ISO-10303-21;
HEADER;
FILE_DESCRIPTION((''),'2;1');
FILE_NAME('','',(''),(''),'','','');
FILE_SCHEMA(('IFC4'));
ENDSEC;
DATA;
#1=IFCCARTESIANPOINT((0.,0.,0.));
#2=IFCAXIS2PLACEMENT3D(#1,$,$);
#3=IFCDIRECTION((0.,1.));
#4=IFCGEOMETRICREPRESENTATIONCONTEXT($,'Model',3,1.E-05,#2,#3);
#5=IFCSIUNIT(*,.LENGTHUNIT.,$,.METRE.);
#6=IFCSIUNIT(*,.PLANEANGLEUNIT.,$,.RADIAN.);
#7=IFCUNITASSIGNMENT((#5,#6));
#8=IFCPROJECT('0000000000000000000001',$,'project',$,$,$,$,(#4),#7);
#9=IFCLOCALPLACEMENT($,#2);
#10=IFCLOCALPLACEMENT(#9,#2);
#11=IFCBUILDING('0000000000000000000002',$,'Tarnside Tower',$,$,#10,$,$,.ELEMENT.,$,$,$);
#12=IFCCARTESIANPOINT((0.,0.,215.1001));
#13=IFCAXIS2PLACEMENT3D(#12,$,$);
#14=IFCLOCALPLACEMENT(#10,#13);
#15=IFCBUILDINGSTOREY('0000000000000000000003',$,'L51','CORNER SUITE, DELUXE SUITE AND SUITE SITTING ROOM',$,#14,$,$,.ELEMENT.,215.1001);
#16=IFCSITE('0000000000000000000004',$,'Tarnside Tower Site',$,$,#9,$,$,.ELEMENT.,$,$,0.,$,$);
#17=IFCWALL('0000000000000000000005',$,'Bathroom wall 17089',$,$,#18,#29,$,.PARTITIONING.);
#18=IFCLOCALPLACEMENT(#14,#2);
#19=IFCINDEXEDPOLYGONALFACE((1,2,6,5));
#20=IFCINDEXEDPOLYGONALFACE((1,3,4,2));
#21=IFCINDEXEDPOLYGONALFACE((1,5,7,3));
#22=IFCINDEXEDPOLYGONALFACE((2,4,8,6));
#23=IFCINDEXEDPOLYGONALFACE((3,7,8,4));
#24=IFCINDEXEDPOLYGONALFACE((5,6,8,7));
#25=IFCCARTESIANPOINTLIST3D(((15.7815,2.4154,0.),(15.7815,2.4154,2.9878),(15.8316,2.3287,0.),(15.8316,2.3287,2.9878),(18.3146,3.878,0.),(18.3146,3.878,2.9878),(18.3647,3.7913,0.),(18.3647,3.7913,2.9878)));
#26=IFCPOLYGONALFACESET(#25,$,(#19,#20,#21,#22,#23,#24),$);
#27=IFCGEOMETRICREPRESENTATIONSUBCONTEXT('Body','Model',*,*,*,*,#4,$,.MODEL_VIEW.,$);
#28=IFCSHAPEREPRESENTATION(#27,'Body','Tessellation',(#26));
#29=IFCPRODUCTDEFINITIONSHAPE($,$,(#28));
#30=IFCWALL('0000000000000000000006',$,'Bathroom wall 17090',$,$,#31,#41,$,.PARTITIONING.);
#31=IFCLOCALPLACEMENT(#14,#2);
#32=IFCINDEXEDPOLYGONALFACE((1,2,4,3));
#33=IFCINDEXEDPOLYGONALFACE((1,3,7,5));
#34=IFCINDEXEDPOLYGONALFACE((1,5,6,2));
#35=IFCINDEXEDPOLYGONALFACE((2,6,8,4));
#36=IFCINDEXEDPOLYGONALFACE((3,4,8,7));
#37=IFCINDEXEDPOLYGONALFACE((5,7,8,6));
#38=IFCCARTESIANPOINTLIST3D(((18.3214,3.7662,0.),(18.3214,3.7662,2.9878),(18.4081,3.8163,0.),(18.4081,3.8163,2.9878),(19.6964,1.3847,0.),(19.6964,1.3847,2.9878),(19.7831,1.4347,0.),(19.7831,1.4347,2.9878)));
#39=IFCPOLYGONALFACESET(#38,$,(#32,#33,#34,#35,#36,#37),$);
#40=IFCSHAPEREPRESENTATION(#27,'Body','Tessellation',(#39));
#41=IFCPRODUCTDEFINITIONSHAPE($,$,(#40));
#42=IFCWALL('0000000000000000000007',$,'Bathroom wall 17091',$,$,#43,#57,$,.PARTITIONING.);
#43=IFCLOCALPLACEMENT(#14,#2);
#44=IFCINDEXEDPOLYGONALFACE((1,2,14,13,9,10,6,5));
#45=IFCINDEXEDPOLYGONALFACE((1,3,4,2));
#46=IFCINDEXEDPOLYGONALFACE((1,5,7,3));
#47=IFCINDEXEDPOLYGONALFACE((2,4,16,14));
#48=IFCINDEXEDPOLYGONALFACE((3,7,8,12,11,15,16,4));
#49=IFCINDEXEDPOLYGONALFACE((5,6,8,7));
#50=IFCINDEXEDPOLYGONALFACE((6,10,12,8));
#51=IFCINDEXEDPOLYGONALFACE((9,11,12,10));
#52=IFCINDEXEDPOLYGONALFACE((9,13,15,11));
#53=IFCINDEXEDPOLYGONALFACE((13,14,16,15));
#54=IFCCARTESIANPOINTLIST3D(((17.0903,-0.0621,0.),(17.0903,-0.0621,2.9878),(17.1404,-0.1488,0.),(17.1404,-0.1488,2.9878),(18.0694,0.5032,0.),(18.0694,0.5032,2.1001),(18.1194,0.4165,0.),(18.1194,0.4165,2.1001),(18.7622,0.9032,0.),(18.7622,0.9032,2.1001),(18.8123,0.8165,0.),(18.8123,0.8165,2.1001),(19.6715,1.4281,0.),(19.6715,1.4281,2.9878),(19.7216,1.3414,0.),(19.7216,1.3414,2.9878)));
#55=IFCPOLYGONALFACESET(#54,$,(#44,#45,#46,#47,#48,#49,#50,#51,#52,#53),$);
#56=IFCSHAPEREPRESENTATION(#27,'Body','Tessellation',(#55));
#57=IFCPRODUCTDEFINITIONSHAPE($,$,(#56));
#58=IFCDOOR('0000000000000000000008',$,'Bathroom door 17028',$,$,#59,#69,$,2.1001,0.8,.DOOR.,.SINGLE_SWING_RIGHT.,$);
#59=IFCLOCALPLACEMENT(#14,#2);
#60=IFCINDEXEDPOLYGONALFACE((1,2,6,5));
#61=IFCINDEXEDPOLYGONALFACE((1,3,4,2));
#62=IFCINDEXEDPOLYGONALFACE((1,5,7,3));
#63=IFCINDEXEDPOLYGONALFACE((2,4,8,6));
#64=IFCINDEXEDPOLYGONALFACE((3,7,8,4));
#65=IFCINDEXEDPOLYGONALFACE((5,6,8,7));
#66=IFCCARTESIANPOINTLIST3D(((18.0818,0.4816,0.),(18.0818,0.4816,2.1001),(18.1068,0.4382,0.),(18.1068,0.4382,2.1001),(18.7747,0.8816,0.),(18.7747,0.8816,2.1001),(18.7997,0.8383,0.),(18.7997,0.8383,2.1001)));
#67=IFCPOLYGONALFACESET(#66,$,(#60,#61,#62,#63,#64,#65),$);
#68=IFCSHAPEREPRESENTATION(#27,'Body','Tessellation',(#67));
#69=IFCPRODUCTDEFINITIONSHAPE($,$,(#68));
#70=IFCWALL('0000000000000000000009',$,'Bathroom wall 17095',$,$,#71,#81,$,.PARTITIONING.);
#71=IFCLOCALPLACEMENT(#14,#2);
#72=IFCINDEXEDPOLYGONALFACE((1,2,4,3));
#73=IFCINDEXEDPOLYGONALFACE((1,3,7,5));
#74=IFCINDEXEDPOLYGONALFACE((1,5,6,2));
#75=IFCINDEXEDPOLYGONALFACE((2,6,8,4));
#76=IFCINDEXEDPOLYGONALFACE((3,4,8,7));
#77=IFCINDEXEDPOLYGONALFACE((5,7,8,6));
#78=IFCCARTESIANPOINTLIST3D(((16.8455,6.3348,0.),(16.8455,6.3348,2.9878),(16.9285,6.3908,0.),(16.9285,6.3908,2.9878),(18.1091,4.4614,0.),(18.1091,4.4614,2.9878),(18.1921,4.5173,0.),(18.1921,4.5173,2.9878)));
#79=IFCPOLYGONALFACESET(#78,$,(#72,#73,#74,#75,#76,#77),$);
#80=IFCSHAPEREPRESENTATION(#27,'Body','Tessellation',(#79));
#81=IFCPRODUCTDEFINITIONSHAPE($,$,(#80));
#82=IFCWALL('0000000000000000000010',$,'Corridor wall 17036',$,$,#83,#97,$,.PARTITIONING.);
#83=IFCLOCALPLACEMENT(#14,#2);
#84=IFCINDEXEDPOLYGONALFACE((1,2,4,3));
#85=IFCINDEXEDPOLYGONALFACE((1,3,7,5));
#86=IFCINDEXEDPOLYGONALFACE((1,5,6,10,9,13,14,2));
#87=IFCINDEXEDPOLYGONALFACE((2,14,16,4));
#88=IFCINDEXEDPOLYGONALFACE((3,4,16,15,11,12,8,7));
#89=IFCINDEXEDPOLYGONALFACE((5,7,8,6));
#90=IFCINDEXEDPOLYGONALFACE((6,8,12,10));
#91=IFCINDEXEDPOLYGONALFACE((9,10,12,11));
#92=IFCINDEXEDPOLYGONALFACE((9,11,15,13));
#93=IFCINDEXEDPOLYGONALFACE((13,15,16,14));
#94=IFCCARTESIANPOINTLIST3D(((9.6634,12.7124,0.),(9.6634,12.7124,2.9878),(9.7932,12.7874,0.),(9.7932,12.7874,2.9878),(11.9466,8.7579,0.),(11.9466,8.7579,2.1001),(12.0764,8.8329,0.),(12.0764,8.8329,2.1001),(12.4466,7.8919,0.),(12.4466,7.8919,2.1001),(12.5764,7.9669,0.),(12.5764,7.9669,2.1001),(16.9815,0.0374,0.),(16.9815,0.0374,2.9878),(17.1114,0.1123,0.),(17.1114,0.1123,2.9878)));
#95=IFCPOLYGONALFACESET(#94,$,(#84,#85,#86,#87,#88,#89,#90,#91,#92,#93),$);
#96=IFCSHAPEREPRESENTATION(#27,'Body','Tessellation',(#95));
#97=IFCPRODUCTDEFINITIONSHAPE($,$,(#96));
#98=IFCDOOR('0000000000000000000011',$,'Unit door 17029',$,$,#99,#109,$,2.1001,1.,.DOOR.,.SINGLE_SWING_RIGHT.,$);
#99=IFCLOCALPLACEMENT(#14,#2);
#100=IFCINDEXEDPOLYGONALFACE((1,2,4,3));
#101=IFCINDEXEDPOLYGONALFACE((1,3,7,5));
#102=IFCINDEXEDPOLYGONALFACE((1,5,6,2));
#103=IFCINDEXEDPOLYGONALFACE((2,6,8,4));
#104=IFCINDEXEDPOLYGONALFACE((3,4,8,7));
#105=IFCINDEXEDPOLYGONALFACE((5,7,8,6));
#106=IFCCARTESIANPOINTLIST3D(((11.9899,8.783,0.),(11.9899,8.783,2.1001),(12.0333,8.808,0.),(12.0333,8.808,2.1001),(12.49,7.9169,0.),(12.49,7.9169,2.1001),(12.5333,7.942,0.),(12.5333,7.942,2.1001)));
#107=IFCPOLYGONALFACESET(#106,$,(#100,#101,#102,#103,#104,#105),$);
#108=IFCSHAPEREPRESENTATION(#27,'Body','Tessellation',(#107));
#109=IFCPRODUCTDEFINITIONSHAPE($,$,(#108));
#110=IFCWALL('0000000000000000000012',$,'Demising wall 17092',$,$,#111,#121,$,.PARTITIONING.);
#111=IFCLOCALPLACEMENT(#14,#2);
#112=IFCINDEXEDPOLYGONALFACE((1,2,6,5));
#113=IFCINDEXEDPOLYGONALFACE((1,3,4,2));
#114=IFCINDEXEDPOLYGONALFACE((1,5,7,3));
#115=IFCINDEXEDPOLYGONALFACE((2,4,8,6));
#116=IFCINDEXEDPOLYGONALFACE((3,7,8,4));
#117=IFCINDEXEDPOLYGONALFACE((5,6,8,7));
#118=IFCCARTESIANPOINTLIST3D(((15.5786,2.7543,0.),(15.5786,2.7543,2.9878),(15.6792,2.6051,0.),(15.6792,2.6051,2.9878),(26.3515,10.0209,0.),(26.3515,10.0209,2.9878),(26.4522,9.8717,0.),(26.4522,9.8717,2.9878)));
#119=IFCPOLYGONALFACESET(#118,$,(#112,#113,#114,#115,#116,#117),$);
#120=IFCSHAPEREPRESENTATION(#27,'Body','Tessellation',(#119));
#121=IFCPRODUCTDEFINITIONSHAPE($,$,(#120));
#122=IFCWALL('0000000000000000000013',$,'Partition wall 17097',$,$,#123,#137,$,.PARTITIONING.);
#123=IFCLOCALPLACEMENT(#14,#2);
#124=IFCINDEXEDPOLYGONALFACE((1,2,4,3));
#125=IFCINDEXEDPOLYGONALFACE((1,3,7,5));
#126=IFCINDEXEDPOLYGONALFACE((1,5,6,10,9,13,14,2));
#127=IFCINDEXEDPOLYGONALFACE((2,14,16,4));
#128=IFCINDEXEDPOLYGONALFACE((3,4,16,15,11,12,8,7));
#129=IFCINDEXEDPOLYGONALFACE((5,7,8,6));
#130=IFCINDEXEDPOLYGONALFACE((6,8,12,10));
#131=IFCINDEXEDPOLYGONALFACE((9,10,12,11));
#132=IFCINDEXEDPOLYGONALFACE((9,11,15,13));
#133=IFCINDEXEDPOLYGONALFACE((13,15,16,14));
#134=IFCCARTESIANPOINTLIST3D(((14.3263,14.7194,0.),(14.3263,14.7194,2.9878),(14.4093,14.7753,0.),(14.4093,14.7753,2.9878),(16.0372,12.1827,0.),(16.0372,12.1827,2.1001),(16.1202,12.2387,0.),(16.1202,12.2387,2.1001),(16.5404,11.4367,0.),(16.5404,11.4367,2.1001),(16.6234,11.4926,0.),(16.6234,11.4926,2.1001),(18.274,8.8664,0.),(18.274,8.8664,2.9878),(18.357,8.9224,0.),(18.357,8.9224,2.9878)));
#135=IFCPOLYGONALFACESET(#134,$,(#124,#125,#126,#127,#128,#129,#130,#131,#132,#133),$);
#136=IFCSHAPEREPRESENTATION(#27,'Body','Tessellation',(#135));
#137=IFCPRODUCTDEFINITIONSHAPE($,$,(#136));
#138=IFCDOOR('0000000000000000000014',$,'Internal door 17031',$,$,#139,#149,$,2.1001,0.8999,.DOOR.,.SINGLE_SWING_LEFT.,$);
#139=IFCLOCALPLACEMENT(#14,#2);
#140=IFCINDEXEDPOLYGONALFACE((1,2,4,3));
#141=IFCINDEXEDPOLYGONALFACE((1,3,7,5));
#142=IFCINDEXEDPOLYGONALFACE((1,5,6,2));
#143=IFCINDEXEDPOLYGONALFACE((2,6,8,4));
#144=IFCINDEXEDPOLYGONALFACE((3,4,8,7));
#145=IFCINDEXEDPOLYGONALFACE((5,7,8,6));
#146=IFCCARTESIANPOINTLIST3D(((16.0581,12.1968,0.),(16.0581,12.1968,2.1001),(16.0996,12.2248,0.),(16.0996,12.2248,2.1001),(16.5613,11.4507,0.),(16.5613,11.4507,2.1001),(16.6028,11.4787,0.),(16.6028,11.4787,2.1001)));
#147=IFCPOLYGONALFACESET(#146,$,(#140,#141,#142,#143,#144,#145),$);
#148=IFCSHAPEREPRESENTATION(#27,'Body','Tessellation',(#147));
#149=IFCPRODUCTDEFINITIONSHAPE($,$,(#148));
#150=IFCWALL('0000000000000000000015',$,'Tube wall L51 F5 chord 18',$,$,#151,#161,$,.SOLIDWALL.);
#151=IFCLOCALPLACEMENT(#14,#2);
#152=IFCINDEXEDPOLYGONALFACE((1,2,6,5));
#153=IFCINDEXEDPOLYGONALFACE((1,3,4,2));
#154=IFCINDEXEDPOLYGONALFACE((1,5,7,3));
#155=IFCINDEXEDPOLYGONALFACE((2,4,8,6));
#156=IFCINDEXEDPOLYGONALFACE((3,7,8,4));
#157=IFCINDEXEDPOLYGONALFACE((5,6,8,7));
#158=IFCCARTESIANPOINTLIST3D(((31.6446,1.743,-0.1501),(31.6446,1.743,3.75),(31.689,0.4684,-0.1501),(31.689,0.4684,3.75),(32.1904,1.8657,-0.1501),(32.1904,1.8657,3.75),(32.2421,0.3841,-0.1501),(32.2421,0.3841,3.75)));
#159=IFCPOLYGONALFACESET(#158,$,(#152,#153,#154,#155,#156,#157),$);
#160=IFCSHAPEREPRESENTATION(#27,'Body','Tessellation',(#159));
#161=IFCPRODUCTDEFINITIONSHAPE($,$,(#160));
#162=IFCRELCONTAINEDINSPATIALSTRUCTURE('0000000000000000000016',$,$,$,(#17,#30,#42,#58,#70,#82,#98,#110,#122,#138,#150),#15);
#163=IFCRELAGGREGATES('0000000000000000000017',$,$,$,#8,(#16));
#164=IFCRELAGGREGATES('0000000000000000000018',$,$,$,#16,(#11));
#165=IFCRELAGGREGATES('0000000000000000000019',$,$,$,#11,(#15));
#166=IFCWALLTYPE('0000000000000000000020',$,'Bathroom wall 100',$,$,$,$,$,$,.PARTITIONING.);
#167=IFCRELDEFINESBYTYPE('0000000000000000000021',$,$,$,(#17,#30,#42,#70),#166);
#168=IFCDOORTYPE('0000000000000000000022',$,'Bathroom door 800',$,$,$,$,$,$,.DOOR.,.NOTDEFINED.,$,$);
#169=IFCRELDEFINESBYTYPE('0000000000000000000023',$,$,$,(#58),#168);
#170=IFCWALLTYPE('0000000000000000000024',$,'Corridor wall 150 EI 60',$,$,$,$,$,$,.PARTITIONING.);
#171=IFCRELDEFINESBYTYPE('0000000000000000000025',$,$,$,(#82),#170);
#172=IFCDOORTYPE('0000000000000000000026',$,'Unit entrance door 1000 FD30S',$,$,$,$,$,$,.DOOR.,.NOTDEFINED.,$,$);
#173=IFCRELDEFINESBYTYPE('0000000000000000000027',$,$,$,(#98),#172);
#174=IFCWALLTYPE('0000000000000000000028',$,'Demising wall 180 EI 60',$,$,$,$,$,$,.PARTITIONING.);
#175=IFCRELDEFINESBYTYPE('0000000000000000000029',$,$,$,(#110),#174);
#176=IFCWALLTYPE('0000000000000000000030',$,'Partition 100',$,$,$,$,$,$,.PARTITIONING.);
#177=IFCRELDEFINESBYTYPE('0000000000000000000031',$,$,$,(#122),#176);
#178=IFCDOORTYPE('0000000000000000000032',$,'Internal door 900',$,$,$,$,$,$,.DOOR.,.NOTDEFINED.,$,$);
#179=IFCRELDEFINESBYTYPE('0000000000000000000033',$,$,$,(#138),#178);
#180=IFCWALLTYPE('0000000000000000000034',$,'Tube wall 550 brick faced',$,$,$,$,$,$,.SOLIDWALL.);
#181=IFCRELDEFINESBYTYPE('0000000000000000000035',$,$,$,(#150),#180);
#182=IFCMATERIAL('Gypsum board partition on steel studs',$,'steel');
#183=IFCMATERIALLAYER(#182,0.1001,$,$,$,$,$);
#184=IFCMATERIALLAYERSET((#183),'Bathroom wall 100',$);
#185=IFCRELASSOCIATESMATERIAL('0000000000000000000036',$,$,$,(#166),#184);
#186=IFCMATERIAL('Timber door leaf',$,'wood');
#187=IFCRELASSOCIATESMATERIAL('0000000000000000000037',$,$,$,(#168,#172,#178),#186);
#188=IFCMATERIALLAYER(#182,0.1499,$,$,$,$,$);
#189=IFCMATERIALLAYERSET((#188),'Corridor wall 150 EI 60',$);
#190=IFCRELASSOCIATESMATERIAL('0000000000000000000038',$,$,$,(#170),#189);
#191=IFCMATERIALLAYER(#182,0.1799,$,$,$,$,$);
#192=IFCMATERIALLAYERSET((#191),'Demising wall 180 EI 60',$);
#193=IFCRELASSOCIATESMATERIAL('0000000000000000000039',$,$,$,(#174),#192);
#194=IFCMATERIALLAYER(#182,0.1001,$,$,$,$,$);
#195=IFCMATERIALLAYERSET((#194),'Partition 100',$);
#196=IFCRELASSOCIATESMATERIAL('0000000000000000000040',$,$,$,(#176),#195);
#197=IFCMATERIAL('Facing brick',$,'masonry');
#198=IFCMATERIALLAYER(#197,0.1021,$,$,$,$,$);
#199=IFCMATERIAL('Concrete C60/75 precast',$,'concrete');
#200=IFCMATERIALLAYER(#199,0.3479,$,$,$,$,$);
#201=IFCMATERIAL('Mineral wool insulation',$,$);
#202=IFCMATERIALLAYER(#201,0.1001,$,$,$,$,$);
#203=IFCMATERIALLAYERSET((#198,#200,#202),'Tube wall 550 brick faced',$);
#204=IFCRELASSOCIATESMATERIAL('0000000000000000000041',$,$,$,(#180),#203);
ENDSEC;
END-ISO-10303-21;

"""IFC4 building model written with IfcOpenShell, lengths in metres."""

from ifc_helpers import new_model, si_unit, direction, frame, frame_2d, origin, place, context, subcontext, project, spatial, polyline, rectangle, outline, extrude, material, layer, layer_set, type_object, element, fill, save


model = new_model("IFC4")

# Units and contexts
model_context = context("Model", 3, precision=1e-05, world=origin(), true_north=direction((0.0, 1.0)))
body_context = subcontext(model_context, "Body", "Model", "MODEL_VIEW")
ifc_project = project(units=[si_unit("LENGTHUNIT", "METRE"), si_unit("PLANEANGLEUNIT", "RADIAN")], contexts=[model_context])

# Site, building, storey
site_placement = place(None, origin())
site = spatial("IfcSite", under=ifc_project, at=site_placement, Name="Tarnside Tower Site", CompositionType="ELEMENT", RefElevation=0.0)
building_placement = place(site_placement, origin())
building = spatial("IfcBuilding", under=site, at=building_placement, Name="Tarnside Tower", CompositionType="ELEMENT")
storey_placement = place(building_placement, frame((0.0, 0.0, 215.1001)))
storey = spatial("IfcBuildingStorey", under=building, at=storey_placement, Name="L51", Description="CORNER SUITE, DELUXE SUITE AND SUITE SITTING ROOM", CompositionType="ELEMENT", Elevation=215.1001)

# Walls
ifc_material_1 = material(Name="Gypsum board partition on steel studs", Category="steel")
ifc_layer_1 = layer(ifc_material_1, 0.1001)
ifc_layer_set_1 = layer_set([ifc_layer_1], Name="Bathroom wall 100")
wall_type_1 = type_object("IfcWallType", Name="Bathroom wall 100", PredefinedType="PARTITIONING", material=ifc_layer_set_1)
wall_1_placement = place(storey_placement, frame((15.8066, 2.3721, 0.0), z_axis=(0.0, 0.0, 1.0), x_axis=(0.86601, 0.500026, 0.0)))
element("IfcWall", 1, at=wall_1_placement, inside=storey, type_object=wall_type_1, Name="Bathroom wall 17089", PredefinedType="PARTITIONING", context=body_context, shape_type="SweptSolid", body=[
    extrude(rectangle(XDim=2.925, YDim=0.1001, at=frame_2d((1.4624, 0.0))), origin(), (0.0, 0.0, 1.0), 2.9878),
])
wall_2_placement = place(storey_placement, frame((18.3647, 3.7913, 0.0), z_axis=(0.0, 0.0, 1.0), x_axis=(0.499997, -0.866027, 0.0)))
element("IfcWall", 2, at=wall_2_placement, inside=storey, type_object=wall_type_1, Name="Bathroom wall 17090", PredefinedType="PARTITIONING", context=body_context, shape_type="SweptSolid", body=[
    extrude(rectangle(XDim=2.75, YDim=0.1001, at=frame_2d((1.375, 0.0))), origin(), (0.0, 0.0, 1.0), 2.9878),
])

# Wall, opening, door
wall_3_placement = place(storey_placement, frame((19.6965, 1.3848, 0.0), z_axis=(0.0, 0.0, 1.0), x_axis=(-0.866037, -0.49998, 0.0)))
wall_3 = element("IfcWall", 3, at=wall_3_placement, inside=storey, type_object=wall_type_1, Name="Bathroom wall 17091", PredefinedType="PARTITIONING", context=body_context, shape_type="SweptSolid", body=[
    extrude(rectangle(XDim=2.9805, YDim=0.1001, at=frame_2d((1.4902, 0.0))), origin(), (0.0, 0.0, 1.0), 2.9878),
])
opening_1_placement = place(wall_3_placement, frame((1.05, 0.0, 0.0)))
opening_1 = element("IfcOpeningElement", 4, at=opening_1_placement, cuts=wall_3, PredefinedType="OPENING", context=body_context, shape_type="SweptSolid", body=[
    extrude(rectangle(XDim=0.8, YDim=2.1001, at=frame_2d((0.3999, 1.05))), frame((0.0, 0.0601, 0.0), z_axis=(0.0, -1.0, 0.0), x_axis=(1.0, 0.0, 0.0)), (0.0, 0.0, 1.0), 0.1201),
])
ifc_material_2 = material(Name="Timber door leaf", Category="wood")
door_type_1 = type_object("IfcDoorType", Name="Bathroom door 800", OperationType="NOTDEFINED", PredefinedType="DOOR", material=ifc_material_2)
door_1_placement = place(opening_1_placement, origin())
door_1 = element("IfcDoor", 5, at=door_1_placement, inside=storey, type_object=door_type_1, Name="Bathroom door 17028", OperationType="SINGLE_SWING_RIGHT", OverallHeight=2.1001, OverallWidth=0.8, PredefinedType="DOOR", context=body_context, shape_type="SweptSolid", body=[
    extrude(rectangle(XDim=0.8, YDim=2.1001, at=frame_2d((0.3999, 1.05))), frame((0.0, 0.0249, 0.0), z_axis=(0.0, -1.0, 0.0), x_axis=(1.0, 0.0, 0.0)), (0.0, 0.0, 1.0), 0.05),
])
fill(opening_1, door_1)

# Wall
wall_4_placement = place(storey_placement, frame((16.887, 6.3628, 0.0), z_axis=(0.0, 0.0, 1.0), x_axis=(0.55918, -0.829047, 0.0)))
element("IfcWall", 6, at=wall_4_placement, inside=storey, type_object=wall_type_1, Name="Bathroom wall 17095", PredefinedType="PARTITIONING", context=body_context, shape_type="SweptSolid", body=[
    extrude(rectangle(XDim=2.2598, YDim=0.1001, at=frame_2d((1.1299, 0.0))), origin(), (0.0, 0.0, 1.0), 2.9878),
])

# Wall, opening, door
ifc_layer_2 = layer(ifc_material_1, 0.1499)
ifc_layer_set_2 = layer_set([ifc_layer_2], Name="Corridor wall 150 EI 60")
wall_type_2 = type_object("IfcWallType", Name="Corridor wall 150 EI 60", PredefinedType="PARTITIONING", material=ifc_layer_set_2)
wall_5_placement = place(storey_placement, frame((17.0464, 0.075, 0.0), z_axis=(0.0, 0.0, 1.0), x_axis=(-0.500009, 0.86602, 0.0)))
wall_5 = element("IfcWall", 7, at=wall_5_placement, inside=storey, type_object=wall_type_2, Name="Corridor wall 17036", PredefinedType="PARTITIONING", context=body_context, shape_type="SweptSolid", body=[
    extrude(rectangle(XDim=14.636, YDim=0.1499, at=frame_2d((7.3179, 0.0))), origin(), (0.0, 0.0, 1.0), 2.9878),
])
opening_2_placement = place(wall_5_placement, frame((9.0696, 0.0, 0.0)))
opening_2 = element("IfcOpeningElement", 8, at=opening_2_placement, cuts=wall_5, PredefinedType="OPENING", context=body_context, shape_type="SweptSolid", body=[
    extrude(rectangle(XDim=1.0, YDim=2.1001, at=frame_2d((0.5, 1.05))), frame((0.0, 0.085, 0.0), z_axis=(0.0, -1.0, 0.0), x_axis=(1.0, 0.0, 0.0)), (0.0, 0.0, 1.0), 0.1699),
])
door_type_2 = type_object("IfcDoorType", Name="Unit entrance door 1000 FD30S", OperationType="NOTDEFINED", PredefinedType="DOOR", material=ifc_material_2)
door_2_placement = place(opening_2_placement, origin())
door_2 = element("IfcDoor", 9, at=door_2_placement, inside=storey, type_object=door_type_2, Name="Unit door 17029", OperationType="SINGLE_SWING_RIGHT", OverallHeight=2.1001, OverallWidth=1.0, PredefinedType="DOOR", context=body_context, shape_type="SweptSolid", body=[
    extrude(rectangle(XDim=1.0, YDim=2.1001, at=frame_2d((0.5, 1.05))), frame((0.0, 0.0249, 0.0), z_axis=(0.0, -1.0, 0.0), x_axis=(1.0, 0.0, 0.0)), (0.0, 0.0, 1.0), 0.05),
])
fill(opening_2, door_2)

# Wall
ifc_layer_3 = layer(ifc_material_1, 0.1799)
ifc_layer_set_3 = layer_set([ifc_layer_3], Name="Demising wall 180 EI 60")
wall_type_3 = type_object("IfcWallType", Name="Demising wall 180 EI 60", PredefinedType="PARTITIONING", material=ifc_layer_set_3)
wall_6_placement = place(storey_placement, frame((26.4019, 9.9463, 0.0), z_axis=(0.0, 0.0, 1.0), x_axis=(-0.829032, -0.559201, 0.0)))
element("IfcWall", 10, at=wall_6_placement, inside=storey, type_object=wall_type_3, Name="Demising wall 17092", PredefinedType="PARTITIONING", context=body_context, shape_type="SweptSolid", body=[
    extrude(rectangle(XDim=12.9946, YDim=0.1799, at=frame_2d((6.4973, 0.0))), origin(), (0.0, 0.0, 1.0), 2.9878),
])

# Wall, opening, door
ifc_layer_4 = layer(ifc_material_1, 0.1001)
ifc_layer_set_4 = layer_set([ifc_layer_4], Name="Partition 100")
wall_type_4 = type_object("IfcWallType", Name="Partition 100", PredefinedType="PARTITIONING", material=ifc_layer_set_4)
wall_7_placement = place(storey_placement, frame((18.3154, 8.8945, 0.0), z_axis=(0.0, 0.0, 1.0), x_axis=(-0.559177, 0.829048, 0.0)))
wall_7 = element("IfcWall", 11, at=wall_7_placement, inside=storey, type_object=wall_type_4, Name="Partition wall 17097", PredefinedType="PARTITIONING", context=body_context, shape_type="SweptSolid", body=[
    extrude(rectangle(XDim=7.0598, YDim=0.1001, at=frame_2d((3.5298, 0.0))), origin(), (0.0, 0.0, 1.0), 2.9878),
])
opening_3_placement = place(wall_7_placement, frame((3.1001, 0.0, 0.0)))
opening_3 = element("IfcOpeningElement", 12, at=opening_3_placement, cuts=wall_7, PredefinedType="OPENING", context=body_context, shape_type="SweptSolid", body=[
    extrude(rectangle(XDim=0.8999, YDim=2.1001, at=frame_2d((0.45, 1.05))), frame((0.0, 0.0601, 0.0), z_axis=(0.0, -1.0, 0.0), x_axis=(1.0, 0.0, 0.0)), (0.0, 0.0, 1.0), 0.1201),
])
door_type_3 = type_object("IfcDoorType", Name="Internal door 900", OperationType="NOTDEFINED", PredefinedType="DOOR", material=ifc_material_2)
door_3_placement = place(opening_3_placement, origin())
door_3 = element("IfcDoor", 13, at=door_3_placement, inside=storey, type_object=door_type_3, Name="Internal door 17031", OperationType="SINGLE_SWING_LEFT", OverallHeight=2.1001, OverallWidth=0.8999, PredefinedType="DOOR", context=body_context, shape_type="SweptSolid", body=[
    extrude(rectangle(XDim=0.8999, YDim=2.1001, at=frame_2d((0.45, 1.05))), frame((0.0, 0.0249, 0.0), z_axis=(0.0, -1.0, 0.0), x_axis=(1.0, 0.0, 0.0)), (0.0, 0.0, 1.0), 0.05),
])
fill(opening_3, door_3)

# Wall
ifc_material_3 = material(Name="Facing brick", Category="masonry")
ifc_layer_5 = layer(ifc_material_3, 0.1021)
ifc_material_4 = material(Name="Concrete C60/75 precast", Category="concrete")
ifc_layer_6 = layer(ifc_material_4, 0.3479)
ifc_material_5 = material(Name="Mineral wool insulation")
ifc_layer_7 = layer(ifc_material_5, 0.1001)
ifc_layer_set_5 = layer_set([ifc_layer_5, ifc_layer_6, ifc_layer_7], Name="Tube wall 550 brick faced")
wall_type_5 = type_object("IfcWallType", Name="Tube wall 550 brick faced", PredefinedType="SOLIDWALL", material=ifc_layer_set_5)
wall_8_placement = place(storey_placement, frame((31.9656, 0.4263, -0.1501), z_axis=(0.0, 0.0, 1.0), x_axis=(-0.034877, 0.999392, 0.0)))
element("IfcWall", 14, at=wall_8_placement, inside=storey, type_object=wall_type_5, Name="Tube wall L51 F5 chord 18", PredefinedType="SOLIDWALL", context=body_context, shape_type="SweptSolid", body=[
    extrude(outline(polyline([(-0.0518, -0.2749), (1.4307, -0.2749), (1.3271, 0.2749), (0.0518, 0.2749), (-0.0518, -0.2749)])), origin(), (0.0, 0.0, 1.0), 3.9001),
])

save(model, "model.ifc")
